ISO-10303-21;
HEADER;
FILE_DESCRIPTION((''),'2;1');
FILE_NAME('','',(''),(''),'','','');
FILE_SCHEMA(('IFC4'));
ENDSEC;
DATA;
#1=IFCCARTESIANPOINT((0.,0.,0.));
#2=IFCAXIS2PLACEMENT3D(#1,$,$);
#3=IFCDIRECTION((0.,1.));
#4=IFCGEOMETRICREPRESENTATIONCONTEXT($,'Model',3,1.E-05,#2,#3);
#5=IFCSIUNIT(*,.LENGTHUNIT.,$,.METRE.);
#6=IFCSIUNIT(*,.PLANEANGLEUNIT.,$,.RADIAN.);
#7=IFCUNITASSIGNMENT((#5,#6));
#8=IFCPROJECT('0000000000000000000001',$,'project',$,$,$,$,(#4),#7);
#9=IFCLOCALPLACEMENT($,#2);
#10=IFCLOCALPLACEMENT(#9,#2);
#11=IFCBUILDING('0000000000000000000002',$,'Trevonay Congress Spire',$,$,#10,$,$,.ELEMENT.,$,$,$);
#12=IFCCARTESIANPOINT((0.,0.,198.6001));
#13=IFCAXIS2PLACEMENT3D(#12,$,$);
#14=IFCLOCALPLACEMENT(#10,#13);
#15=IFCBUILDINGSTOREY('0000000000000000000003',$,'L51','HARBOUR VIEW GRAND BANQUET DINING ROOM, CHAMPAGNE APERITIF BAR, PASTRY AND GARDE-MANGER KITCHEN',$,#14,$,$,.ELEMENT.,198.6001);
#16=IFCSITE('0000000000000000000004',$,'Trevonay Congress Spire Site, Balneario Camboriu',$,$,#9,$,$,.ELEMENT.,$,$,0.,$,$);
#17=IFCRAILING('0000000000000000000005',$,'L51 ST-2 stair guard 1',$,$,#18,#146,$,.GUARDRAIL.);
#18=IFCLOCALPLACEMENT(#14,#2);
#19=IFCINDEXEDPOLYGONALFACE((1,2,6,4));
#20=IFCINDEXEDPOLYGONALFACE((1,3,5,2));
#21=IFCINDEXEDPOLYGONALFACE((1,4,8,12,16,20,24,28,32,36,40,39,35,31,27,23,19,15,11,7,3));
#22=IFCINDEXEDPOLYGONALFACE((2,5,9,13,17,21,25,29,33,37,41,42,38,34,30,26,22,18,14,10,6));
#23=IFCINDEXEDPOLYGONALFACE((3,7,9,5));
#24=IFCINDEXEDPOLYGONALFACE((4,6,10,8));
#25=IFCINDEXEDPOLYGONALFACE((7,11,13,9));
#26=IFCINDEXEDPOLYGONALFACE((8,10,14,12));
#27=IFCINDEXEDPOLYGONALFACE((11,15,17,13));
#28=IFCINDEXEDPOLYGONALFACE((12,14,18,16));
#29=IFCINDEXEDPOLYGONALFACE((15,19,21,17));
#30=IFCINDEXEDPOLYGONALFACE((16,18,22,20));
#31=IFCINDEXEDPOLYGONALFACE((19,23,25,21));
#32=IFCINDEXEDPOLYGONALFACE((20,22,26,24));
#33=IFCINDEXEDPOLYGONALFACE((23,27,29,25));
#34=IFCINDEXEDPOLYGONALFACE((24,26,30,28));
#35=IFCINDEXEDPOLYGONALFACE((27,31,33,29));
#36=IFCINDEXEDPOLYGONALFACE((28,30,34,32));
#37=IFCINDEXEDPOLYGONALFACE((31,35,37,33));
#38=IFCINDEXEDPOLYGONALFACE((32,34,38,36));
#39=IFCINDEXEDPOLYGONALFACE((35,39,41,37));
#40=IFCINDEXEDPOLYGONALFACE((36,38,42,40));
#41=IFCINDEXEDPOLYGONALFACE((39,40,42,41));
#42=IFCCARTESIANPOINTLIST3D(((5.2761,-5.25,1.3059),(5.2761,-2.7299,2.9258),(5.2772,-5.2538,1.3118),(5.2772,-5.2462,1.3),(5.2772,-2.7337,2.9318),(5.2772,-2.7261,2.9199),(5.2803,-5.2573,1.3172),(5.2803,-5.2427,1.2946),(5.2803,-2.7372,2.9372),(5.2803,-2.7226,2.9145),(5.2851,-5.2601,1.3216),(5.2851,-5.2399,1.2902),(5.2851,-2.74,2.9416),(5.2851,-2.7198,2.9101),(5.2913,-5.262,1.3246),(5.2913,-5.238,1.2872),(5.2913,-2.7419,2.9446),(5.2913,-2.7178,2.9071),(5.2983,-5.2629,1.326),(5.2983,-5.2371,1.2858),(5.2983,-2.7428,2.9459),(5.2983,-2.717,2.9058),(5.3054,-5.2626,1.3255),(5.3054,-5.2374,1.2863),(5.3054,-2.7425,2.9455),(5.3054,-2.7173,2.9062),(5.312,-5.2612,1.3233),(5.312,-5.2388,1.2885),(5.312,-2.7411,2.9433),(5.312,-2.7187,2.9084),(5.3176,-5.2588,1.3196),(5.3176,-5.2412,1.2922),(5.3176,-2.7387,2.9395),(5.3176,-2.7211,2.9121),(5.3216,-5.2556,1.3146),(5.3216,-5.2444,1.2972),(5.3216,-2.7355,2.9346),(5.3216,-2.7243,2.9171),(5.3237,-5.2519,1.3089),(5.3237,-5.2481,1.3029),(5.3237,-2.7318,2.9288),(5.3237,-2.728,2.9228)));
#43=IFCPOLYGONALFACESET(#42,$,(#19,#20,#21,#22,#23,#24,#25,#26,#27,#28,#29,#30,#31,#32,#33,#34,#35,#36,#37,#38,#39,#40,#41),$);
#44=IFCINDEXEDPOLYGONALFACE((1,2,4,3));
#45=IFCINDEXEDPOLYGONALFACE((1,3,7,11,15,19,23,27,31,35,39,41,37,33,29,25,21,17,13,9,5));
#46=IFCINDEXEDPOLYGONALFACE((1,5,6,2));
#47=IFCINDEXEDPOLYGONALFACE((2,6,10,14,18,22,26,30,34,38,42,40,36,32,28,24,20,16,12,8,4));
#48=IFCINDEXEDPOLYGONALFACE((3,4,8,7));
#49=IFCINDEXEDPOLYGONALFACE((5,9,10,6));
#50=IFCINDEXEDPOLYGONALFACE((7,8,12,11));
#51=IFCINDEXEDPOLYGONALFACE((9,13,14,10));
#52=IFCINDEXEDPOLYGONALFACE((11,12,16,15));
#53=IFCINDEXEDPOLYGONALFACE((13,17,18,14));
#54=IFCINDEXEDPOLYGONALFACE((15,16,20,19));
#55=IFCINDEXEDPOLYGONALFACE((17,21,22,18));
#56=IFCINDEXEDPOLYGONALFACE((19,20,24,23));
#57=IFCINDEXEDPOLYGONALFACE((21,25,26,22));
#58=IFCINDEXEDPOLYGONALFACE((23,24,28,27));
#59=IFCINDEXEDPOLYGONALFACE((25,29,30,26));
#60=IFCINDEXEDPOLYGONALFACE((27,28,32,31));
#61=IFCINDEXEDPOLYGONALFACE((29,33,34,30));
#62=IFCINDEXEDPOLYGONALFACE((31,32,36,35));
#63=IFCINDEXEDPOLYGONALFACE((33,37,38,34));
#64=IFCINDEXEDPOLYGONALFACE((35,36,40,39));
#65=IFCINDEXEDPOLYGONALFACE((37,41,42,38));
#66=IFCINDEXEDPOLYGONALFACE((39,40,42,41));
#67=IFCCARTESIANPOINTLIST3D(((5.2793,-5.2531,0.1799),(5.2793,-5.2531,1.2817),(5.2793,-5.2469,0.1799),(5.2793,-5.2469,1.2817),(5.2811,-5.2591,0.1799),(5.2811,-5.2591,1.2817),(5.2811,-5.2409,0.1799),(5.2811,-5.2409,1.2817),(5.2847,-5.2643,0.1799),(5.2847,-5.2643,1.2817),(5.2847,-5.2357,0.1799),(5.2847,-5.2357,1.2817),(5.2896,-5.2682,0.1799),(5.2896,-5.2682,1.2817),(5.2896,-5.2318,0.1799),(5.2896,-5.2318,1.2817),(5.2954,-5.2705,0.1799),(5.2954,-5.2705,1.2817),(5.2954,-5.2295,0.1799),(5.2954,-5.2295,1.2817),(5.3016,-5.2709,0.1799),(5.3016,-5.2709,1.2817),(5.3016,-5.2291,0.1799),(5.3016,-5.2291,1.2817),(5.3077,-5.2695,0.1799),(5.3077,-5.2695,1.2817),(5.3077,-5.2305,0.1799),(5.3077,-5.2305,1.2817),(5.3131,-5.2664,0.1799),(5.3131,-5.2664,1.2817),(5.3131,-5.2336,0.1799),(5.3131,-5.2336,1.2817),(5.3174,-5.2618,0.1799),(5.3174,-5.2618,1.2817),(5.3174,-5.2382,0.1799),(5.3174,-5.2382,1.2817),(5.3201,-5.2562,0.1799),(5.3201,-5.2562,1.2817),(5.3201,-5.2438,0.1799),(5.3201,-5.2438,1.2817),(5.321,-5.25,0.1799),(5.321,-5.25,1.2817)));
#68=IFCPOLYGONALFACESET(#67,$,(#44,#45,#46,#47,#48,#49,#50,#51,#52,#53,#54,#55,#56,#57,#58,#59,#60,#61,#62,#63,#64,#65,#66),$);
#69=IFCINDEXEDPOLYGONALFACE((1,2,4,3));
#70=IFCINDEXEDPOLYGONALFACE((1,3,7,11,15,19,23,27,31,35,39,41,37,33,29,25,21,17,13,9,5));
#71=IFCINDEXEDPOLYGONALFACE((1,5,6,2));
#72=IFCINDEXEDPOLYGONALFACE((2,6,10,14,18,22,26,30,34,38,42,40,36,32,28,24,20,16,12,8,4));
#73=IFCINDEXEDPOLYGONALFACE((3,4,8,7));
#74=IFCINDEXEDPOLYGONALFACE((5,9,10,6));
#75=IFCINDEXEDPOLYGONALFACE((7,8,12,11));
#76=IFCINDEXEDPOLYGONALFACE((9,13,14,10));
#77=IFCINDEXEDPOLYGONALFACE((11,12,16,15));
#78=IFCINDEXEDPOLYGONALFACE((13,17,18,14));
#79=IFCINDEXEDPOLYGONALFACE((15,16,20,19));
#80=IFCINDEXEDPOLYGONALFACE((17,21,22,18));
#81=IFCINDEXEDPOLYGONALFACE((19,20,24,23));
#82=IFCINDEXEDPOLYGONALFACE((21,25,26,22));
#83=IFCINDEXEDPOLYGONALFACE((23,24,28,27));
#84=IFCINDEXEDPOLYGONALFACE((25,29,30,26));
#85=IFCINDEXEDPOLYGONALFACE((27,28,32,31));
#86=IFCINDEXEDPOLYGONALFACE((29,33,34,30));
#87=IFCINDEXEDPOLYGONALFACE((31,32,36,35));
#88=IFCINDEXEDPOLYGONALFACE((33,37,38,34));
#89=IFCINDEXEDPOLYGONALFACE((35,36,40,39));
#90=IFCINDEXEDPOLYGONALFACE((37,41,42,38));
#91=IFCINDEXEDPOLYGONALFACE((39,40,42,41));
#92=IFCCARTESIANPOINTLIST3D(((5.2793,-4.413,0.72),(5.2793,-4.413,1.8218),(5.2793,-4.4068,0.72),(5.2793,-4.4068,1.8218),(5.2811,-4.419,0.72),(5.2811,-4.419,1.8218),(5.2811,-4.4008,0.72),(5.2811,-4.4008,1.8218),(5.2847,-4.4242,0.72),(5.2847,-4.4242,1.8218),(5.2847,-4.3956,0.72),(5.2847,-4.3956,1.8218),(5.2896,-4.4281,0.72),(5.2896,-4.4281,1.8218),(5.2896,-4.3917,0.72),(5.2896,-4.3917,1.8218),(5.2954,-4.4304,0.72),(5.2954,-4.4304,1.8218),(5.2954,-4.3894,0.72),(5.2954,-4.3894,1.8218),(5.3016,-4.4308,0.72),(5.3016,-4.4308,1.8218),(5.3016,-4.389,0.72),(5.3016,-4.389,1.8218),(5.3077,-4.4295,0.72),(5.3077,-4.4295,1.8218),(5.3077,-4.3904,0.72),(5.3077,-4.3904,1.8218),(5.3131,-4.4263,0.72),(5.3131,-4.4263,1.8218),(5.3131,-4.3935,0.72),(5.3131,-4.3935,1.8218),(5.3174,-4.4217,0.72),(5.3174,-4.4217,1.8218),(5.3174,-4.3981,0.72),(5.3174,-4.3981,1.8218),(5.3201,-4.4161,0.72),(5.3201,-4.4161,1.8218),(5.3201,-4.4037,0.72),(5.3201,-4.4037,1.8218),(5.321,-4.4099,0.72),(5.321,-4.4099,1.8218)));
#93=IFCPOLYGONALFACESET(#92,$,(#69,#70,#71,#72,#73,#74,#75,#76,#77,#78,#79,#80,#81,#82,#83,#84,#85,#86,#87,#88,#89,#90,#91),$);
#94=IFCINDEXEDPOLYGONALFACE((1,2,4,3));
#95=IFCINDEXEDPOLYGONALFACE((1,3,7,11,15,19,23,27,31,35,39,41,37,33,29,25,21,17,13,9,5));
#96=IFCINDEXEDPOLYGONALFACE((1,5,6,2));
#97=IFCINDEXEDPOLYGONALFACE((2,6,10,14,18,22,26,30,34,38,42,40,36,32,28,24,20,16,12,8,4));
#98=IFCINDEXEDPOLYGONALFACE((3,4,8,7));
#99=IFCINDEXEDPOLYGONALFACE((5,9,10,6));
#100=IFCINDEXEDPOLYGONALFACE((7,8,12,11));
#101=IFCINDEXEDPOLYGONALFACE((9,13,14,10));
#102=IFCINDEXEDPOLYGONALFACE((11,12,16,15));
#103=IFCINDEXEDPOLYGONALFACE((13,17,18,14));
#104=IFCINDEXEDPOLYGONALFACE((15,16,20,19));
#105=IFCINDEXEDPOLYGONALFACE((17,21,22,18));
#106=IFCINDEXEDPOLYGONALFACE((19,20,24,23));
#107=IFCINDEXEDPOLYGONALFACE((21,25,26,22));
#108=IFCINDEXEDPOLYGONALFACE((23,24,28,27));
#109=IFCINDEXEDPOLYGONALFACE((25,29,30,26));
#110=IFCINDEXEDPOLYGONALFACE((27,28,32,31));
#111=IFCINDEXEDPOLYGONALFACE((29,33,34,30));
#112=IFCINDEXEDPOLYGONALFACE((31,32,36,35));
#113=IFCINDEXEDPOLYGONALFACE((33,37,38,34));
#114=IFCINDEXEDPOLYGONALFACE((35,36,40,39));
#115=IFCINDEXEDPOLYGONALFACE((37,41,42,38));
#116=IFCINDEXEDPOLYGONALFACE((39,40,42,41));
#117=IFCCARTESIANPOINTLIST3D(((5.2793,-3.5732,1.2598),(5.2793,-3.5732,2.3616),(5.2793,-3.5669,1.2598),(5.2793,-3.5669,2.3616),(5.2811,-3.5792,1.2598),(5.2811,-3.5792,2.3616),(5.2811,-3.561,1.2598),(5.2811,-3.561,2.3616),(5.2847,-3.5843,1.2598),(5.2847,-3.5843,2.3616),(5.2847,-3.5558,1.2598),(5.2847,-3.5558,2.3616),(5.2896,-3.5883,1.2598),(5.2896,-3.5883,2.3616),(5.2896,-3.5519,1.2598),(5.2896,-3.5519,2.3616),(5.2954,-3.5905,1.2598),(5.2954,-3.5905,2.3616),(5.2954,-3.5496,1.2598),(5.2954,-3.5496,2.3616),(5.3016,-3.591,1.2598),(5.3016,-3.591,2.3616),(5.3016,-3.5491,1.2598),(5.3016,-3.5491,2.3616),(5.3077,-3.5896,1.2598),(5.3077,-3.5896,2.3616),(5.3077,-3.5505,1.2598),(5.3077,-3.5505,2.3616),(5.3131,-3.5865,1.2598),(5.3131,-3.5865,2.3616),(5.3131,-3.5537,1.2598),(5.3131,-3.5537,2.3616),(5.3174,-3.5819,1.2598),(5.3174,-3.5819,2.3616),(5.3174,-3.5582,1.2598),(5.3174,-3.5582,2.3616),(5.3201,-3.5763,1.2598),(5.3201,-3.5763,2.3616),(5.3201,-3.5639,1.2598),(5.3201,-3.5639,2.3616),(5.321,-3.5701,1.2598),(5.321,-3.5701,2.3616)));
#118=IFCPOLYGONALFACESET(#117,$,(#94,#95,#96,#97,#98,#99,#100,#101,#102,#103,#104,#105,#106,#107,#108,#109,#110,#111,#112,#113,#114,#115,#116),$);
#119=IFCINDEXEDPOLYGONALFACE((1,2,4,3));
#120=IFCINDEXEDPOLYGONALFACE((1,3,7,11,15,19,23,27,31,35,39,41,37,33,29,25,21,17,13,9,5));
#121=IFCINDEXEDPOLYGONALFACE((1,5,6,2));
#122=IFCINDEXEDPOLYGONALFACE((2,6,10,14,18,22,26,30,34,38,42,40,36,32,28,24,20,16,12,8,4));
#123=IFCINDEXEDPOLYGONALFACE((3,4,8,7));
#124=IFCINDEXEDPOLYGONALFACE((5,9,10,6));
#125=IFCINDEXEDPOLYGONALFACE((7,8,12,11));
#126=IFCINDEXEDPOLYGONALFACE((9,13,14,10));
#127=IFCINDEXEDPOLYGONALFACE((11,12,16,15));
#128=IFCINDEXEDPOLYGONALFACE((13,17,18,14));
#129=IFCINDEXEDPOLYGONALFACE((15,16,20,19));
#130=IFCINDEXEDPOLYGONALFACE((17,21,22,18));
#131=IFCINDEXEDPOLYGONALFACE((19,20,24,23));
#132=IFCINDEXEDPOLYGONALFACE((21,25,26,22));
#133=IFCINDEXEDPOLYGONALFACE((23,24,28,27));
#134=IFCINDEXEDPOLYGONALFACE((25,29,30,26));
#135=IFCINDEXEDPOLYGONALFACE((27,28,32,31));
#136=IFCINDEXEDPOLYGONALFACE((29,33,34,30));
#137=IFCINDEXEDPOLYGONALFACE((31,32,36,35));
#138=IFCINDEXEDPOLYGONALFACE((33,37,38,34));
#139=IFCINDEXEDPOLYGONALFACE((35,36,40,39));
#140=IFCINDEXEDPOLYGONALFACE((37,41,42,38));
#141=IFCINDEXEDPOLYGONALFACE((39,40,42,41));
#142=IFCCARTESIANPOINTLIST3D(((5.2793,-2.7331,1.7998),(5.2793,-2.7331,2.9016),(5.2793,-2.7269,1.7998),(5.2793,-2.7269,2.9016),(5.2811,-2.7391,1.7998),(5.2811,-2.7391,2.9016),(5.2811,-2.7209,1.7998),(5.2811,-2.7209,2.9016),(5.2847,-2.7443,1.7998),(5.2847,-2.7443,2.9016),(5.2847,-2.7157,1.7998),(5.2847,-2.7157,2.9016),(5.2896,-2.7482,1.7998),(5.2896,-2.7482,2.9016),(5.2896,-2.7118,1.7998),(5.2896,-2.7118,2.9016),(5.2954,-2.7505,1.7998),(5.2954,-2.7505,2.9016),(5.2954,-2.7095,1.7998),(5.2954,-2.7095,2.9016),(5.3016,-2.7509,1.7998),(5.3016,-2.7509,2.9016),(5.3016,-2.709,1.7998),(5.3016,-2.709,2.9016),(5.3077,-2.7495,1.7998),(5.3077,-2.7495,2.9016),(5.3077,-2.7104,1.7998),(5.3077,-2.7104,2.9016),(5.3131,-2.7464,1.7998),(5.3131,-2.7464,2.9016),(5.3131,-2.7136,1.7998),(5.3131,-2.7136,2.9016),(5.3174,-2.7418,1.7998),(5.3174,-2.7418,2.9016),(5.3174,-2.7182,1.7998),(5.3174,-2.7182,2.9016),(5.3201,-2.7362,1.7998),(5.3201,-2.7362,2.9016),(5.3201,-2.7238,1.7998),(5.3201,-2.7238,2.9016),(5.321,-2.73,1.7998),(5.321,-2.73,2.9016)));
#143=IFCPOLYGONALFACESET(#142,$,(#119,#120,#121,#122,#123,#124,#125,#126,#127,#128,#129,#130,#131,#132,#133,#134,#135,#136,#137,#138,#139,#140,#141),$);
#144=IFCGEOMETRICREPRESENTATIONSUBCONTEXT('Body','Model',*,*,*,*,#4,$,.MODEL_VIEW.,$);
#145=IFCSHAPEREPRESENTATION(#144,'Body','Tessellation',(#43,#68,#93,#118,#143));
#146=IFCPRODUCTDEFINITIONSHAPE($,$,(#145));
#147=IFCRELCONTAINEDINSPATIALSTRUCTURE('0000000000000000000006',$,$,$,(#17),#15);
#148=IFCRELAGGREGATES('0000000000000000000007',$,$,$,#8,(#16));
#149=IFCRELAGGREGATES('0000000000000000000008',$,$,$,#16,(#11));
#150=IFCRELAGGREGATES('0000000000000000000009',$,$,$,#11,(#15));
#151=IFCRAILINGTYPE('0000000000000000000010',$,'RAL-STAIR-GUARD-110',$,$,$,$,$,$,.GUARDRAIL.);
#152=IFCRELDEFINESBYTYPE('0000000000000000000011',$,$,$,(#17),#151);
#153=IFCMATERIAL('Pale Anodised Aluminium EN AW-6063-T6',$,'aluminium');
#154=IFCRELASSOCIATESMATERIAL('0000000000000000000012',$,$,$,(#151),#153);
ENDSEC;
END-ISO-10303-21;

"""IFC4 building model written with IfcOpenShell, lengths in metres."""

from ifc_helpers import new_model, si_unit, direction, frame, origin, origin_2d, place, context, subcontext, project, spatial, circle, extrude, material, type_object, element, save


model = new_model("IFC4")

# Units and contexts
model_context = context("Model", 3, precision=1e-05, world=origin(), true_north=direction((0.0, 1.0)))
body_context = subcontext(model_context, "Body", "Model", "MODEL_VIEW")
ifc_project = project(units=[si_unit("LENGTHUNIT", "METRE"), si_unit("PLANEANGLEUNIT", "RADIAN")], contexts=[model_context])

# Site, building, storey
site_placement = place(None, origin())
site = spatial("IfcSite", under=ifc_project, at=site_placement, Name="Trevonay Congress Spire Site, Balneario Camboriu", CompositionType="ELEMENT", RefElevation=0.0)
building_placement = place(site_placement, origin())
building = spatial("IfcBuilding", under=site, at=building_placement, Name="Trevonay Congress Spire", CompositionType="ELEMENT")
storey_placement = place(building_placement, frame((0.0, 0.0, 198.6001)))
storey = spatial("IfcBuildingStorey", under=building, at=storey_placement, Name="L51", Description="HARBOUR VIEW GRAND BANQUET DINING ROOM, CHAMPAGNE APERITIF BAR, PASTRY AND GARDE-MANGER KITCHEN", CompositionType="ELEMENT", Elevation=198.6001)

# Shared definitions
ifc_material_1 = material(Name="Pale Anodised Aluminium EN AW-6063-T6", Category="aluminium")

# Railing
railing_type_1 = type_object("IfcRailingType", Name="RAL-STAIR-GUARD-110", PredefinedType="GUARDRAIL", material=ifc_material_1)
railing_1_placement = place(storey_placement, frame((5.3, -5.25, 0.1799)))
element("IfcRailing", 1, at=railing_1_placement, inside=storey, type_object=railing_type_1, Name="L51 ST-2 stair guard 1", PredefinedType="GUARDRAIL", context=body_context, shape_type="SweptSolid", body=[
    extrude(circle(Radius=0.0239, at=origin_2d()), frame((0.0, 0.0, 1.126), z_axis=(0.0, 0.8412, 0.540725), x_axis=(-1.0, 0.0, 0.0)), (0.0, 0.0, 1.0), 2.9958),
    extrude(circle(Radius=0.021, at=origin_2d()), origin(), (0.0, 0.0, 1.0), 1.1018),
    extrude(circle(Radius=0.021, at=origin_2d()), frame((0.0, 0.8401, 0.54)), (0.0, 0.0, 1.0), 1.1018),
    extrude(circle(Radius=0.021, at=origin_2d()), frame((0.0, 1.6799, 1.0798)), (0.0, 0.0, 1.0), 1.1018),
    extrude(circle(Radius=0.021, at=origin_2d()), frame((0.0, 2.52, 1.6199)), (0.0, 0.0, 1.0), 1.1018),
])

save(model, "model.ifc")
